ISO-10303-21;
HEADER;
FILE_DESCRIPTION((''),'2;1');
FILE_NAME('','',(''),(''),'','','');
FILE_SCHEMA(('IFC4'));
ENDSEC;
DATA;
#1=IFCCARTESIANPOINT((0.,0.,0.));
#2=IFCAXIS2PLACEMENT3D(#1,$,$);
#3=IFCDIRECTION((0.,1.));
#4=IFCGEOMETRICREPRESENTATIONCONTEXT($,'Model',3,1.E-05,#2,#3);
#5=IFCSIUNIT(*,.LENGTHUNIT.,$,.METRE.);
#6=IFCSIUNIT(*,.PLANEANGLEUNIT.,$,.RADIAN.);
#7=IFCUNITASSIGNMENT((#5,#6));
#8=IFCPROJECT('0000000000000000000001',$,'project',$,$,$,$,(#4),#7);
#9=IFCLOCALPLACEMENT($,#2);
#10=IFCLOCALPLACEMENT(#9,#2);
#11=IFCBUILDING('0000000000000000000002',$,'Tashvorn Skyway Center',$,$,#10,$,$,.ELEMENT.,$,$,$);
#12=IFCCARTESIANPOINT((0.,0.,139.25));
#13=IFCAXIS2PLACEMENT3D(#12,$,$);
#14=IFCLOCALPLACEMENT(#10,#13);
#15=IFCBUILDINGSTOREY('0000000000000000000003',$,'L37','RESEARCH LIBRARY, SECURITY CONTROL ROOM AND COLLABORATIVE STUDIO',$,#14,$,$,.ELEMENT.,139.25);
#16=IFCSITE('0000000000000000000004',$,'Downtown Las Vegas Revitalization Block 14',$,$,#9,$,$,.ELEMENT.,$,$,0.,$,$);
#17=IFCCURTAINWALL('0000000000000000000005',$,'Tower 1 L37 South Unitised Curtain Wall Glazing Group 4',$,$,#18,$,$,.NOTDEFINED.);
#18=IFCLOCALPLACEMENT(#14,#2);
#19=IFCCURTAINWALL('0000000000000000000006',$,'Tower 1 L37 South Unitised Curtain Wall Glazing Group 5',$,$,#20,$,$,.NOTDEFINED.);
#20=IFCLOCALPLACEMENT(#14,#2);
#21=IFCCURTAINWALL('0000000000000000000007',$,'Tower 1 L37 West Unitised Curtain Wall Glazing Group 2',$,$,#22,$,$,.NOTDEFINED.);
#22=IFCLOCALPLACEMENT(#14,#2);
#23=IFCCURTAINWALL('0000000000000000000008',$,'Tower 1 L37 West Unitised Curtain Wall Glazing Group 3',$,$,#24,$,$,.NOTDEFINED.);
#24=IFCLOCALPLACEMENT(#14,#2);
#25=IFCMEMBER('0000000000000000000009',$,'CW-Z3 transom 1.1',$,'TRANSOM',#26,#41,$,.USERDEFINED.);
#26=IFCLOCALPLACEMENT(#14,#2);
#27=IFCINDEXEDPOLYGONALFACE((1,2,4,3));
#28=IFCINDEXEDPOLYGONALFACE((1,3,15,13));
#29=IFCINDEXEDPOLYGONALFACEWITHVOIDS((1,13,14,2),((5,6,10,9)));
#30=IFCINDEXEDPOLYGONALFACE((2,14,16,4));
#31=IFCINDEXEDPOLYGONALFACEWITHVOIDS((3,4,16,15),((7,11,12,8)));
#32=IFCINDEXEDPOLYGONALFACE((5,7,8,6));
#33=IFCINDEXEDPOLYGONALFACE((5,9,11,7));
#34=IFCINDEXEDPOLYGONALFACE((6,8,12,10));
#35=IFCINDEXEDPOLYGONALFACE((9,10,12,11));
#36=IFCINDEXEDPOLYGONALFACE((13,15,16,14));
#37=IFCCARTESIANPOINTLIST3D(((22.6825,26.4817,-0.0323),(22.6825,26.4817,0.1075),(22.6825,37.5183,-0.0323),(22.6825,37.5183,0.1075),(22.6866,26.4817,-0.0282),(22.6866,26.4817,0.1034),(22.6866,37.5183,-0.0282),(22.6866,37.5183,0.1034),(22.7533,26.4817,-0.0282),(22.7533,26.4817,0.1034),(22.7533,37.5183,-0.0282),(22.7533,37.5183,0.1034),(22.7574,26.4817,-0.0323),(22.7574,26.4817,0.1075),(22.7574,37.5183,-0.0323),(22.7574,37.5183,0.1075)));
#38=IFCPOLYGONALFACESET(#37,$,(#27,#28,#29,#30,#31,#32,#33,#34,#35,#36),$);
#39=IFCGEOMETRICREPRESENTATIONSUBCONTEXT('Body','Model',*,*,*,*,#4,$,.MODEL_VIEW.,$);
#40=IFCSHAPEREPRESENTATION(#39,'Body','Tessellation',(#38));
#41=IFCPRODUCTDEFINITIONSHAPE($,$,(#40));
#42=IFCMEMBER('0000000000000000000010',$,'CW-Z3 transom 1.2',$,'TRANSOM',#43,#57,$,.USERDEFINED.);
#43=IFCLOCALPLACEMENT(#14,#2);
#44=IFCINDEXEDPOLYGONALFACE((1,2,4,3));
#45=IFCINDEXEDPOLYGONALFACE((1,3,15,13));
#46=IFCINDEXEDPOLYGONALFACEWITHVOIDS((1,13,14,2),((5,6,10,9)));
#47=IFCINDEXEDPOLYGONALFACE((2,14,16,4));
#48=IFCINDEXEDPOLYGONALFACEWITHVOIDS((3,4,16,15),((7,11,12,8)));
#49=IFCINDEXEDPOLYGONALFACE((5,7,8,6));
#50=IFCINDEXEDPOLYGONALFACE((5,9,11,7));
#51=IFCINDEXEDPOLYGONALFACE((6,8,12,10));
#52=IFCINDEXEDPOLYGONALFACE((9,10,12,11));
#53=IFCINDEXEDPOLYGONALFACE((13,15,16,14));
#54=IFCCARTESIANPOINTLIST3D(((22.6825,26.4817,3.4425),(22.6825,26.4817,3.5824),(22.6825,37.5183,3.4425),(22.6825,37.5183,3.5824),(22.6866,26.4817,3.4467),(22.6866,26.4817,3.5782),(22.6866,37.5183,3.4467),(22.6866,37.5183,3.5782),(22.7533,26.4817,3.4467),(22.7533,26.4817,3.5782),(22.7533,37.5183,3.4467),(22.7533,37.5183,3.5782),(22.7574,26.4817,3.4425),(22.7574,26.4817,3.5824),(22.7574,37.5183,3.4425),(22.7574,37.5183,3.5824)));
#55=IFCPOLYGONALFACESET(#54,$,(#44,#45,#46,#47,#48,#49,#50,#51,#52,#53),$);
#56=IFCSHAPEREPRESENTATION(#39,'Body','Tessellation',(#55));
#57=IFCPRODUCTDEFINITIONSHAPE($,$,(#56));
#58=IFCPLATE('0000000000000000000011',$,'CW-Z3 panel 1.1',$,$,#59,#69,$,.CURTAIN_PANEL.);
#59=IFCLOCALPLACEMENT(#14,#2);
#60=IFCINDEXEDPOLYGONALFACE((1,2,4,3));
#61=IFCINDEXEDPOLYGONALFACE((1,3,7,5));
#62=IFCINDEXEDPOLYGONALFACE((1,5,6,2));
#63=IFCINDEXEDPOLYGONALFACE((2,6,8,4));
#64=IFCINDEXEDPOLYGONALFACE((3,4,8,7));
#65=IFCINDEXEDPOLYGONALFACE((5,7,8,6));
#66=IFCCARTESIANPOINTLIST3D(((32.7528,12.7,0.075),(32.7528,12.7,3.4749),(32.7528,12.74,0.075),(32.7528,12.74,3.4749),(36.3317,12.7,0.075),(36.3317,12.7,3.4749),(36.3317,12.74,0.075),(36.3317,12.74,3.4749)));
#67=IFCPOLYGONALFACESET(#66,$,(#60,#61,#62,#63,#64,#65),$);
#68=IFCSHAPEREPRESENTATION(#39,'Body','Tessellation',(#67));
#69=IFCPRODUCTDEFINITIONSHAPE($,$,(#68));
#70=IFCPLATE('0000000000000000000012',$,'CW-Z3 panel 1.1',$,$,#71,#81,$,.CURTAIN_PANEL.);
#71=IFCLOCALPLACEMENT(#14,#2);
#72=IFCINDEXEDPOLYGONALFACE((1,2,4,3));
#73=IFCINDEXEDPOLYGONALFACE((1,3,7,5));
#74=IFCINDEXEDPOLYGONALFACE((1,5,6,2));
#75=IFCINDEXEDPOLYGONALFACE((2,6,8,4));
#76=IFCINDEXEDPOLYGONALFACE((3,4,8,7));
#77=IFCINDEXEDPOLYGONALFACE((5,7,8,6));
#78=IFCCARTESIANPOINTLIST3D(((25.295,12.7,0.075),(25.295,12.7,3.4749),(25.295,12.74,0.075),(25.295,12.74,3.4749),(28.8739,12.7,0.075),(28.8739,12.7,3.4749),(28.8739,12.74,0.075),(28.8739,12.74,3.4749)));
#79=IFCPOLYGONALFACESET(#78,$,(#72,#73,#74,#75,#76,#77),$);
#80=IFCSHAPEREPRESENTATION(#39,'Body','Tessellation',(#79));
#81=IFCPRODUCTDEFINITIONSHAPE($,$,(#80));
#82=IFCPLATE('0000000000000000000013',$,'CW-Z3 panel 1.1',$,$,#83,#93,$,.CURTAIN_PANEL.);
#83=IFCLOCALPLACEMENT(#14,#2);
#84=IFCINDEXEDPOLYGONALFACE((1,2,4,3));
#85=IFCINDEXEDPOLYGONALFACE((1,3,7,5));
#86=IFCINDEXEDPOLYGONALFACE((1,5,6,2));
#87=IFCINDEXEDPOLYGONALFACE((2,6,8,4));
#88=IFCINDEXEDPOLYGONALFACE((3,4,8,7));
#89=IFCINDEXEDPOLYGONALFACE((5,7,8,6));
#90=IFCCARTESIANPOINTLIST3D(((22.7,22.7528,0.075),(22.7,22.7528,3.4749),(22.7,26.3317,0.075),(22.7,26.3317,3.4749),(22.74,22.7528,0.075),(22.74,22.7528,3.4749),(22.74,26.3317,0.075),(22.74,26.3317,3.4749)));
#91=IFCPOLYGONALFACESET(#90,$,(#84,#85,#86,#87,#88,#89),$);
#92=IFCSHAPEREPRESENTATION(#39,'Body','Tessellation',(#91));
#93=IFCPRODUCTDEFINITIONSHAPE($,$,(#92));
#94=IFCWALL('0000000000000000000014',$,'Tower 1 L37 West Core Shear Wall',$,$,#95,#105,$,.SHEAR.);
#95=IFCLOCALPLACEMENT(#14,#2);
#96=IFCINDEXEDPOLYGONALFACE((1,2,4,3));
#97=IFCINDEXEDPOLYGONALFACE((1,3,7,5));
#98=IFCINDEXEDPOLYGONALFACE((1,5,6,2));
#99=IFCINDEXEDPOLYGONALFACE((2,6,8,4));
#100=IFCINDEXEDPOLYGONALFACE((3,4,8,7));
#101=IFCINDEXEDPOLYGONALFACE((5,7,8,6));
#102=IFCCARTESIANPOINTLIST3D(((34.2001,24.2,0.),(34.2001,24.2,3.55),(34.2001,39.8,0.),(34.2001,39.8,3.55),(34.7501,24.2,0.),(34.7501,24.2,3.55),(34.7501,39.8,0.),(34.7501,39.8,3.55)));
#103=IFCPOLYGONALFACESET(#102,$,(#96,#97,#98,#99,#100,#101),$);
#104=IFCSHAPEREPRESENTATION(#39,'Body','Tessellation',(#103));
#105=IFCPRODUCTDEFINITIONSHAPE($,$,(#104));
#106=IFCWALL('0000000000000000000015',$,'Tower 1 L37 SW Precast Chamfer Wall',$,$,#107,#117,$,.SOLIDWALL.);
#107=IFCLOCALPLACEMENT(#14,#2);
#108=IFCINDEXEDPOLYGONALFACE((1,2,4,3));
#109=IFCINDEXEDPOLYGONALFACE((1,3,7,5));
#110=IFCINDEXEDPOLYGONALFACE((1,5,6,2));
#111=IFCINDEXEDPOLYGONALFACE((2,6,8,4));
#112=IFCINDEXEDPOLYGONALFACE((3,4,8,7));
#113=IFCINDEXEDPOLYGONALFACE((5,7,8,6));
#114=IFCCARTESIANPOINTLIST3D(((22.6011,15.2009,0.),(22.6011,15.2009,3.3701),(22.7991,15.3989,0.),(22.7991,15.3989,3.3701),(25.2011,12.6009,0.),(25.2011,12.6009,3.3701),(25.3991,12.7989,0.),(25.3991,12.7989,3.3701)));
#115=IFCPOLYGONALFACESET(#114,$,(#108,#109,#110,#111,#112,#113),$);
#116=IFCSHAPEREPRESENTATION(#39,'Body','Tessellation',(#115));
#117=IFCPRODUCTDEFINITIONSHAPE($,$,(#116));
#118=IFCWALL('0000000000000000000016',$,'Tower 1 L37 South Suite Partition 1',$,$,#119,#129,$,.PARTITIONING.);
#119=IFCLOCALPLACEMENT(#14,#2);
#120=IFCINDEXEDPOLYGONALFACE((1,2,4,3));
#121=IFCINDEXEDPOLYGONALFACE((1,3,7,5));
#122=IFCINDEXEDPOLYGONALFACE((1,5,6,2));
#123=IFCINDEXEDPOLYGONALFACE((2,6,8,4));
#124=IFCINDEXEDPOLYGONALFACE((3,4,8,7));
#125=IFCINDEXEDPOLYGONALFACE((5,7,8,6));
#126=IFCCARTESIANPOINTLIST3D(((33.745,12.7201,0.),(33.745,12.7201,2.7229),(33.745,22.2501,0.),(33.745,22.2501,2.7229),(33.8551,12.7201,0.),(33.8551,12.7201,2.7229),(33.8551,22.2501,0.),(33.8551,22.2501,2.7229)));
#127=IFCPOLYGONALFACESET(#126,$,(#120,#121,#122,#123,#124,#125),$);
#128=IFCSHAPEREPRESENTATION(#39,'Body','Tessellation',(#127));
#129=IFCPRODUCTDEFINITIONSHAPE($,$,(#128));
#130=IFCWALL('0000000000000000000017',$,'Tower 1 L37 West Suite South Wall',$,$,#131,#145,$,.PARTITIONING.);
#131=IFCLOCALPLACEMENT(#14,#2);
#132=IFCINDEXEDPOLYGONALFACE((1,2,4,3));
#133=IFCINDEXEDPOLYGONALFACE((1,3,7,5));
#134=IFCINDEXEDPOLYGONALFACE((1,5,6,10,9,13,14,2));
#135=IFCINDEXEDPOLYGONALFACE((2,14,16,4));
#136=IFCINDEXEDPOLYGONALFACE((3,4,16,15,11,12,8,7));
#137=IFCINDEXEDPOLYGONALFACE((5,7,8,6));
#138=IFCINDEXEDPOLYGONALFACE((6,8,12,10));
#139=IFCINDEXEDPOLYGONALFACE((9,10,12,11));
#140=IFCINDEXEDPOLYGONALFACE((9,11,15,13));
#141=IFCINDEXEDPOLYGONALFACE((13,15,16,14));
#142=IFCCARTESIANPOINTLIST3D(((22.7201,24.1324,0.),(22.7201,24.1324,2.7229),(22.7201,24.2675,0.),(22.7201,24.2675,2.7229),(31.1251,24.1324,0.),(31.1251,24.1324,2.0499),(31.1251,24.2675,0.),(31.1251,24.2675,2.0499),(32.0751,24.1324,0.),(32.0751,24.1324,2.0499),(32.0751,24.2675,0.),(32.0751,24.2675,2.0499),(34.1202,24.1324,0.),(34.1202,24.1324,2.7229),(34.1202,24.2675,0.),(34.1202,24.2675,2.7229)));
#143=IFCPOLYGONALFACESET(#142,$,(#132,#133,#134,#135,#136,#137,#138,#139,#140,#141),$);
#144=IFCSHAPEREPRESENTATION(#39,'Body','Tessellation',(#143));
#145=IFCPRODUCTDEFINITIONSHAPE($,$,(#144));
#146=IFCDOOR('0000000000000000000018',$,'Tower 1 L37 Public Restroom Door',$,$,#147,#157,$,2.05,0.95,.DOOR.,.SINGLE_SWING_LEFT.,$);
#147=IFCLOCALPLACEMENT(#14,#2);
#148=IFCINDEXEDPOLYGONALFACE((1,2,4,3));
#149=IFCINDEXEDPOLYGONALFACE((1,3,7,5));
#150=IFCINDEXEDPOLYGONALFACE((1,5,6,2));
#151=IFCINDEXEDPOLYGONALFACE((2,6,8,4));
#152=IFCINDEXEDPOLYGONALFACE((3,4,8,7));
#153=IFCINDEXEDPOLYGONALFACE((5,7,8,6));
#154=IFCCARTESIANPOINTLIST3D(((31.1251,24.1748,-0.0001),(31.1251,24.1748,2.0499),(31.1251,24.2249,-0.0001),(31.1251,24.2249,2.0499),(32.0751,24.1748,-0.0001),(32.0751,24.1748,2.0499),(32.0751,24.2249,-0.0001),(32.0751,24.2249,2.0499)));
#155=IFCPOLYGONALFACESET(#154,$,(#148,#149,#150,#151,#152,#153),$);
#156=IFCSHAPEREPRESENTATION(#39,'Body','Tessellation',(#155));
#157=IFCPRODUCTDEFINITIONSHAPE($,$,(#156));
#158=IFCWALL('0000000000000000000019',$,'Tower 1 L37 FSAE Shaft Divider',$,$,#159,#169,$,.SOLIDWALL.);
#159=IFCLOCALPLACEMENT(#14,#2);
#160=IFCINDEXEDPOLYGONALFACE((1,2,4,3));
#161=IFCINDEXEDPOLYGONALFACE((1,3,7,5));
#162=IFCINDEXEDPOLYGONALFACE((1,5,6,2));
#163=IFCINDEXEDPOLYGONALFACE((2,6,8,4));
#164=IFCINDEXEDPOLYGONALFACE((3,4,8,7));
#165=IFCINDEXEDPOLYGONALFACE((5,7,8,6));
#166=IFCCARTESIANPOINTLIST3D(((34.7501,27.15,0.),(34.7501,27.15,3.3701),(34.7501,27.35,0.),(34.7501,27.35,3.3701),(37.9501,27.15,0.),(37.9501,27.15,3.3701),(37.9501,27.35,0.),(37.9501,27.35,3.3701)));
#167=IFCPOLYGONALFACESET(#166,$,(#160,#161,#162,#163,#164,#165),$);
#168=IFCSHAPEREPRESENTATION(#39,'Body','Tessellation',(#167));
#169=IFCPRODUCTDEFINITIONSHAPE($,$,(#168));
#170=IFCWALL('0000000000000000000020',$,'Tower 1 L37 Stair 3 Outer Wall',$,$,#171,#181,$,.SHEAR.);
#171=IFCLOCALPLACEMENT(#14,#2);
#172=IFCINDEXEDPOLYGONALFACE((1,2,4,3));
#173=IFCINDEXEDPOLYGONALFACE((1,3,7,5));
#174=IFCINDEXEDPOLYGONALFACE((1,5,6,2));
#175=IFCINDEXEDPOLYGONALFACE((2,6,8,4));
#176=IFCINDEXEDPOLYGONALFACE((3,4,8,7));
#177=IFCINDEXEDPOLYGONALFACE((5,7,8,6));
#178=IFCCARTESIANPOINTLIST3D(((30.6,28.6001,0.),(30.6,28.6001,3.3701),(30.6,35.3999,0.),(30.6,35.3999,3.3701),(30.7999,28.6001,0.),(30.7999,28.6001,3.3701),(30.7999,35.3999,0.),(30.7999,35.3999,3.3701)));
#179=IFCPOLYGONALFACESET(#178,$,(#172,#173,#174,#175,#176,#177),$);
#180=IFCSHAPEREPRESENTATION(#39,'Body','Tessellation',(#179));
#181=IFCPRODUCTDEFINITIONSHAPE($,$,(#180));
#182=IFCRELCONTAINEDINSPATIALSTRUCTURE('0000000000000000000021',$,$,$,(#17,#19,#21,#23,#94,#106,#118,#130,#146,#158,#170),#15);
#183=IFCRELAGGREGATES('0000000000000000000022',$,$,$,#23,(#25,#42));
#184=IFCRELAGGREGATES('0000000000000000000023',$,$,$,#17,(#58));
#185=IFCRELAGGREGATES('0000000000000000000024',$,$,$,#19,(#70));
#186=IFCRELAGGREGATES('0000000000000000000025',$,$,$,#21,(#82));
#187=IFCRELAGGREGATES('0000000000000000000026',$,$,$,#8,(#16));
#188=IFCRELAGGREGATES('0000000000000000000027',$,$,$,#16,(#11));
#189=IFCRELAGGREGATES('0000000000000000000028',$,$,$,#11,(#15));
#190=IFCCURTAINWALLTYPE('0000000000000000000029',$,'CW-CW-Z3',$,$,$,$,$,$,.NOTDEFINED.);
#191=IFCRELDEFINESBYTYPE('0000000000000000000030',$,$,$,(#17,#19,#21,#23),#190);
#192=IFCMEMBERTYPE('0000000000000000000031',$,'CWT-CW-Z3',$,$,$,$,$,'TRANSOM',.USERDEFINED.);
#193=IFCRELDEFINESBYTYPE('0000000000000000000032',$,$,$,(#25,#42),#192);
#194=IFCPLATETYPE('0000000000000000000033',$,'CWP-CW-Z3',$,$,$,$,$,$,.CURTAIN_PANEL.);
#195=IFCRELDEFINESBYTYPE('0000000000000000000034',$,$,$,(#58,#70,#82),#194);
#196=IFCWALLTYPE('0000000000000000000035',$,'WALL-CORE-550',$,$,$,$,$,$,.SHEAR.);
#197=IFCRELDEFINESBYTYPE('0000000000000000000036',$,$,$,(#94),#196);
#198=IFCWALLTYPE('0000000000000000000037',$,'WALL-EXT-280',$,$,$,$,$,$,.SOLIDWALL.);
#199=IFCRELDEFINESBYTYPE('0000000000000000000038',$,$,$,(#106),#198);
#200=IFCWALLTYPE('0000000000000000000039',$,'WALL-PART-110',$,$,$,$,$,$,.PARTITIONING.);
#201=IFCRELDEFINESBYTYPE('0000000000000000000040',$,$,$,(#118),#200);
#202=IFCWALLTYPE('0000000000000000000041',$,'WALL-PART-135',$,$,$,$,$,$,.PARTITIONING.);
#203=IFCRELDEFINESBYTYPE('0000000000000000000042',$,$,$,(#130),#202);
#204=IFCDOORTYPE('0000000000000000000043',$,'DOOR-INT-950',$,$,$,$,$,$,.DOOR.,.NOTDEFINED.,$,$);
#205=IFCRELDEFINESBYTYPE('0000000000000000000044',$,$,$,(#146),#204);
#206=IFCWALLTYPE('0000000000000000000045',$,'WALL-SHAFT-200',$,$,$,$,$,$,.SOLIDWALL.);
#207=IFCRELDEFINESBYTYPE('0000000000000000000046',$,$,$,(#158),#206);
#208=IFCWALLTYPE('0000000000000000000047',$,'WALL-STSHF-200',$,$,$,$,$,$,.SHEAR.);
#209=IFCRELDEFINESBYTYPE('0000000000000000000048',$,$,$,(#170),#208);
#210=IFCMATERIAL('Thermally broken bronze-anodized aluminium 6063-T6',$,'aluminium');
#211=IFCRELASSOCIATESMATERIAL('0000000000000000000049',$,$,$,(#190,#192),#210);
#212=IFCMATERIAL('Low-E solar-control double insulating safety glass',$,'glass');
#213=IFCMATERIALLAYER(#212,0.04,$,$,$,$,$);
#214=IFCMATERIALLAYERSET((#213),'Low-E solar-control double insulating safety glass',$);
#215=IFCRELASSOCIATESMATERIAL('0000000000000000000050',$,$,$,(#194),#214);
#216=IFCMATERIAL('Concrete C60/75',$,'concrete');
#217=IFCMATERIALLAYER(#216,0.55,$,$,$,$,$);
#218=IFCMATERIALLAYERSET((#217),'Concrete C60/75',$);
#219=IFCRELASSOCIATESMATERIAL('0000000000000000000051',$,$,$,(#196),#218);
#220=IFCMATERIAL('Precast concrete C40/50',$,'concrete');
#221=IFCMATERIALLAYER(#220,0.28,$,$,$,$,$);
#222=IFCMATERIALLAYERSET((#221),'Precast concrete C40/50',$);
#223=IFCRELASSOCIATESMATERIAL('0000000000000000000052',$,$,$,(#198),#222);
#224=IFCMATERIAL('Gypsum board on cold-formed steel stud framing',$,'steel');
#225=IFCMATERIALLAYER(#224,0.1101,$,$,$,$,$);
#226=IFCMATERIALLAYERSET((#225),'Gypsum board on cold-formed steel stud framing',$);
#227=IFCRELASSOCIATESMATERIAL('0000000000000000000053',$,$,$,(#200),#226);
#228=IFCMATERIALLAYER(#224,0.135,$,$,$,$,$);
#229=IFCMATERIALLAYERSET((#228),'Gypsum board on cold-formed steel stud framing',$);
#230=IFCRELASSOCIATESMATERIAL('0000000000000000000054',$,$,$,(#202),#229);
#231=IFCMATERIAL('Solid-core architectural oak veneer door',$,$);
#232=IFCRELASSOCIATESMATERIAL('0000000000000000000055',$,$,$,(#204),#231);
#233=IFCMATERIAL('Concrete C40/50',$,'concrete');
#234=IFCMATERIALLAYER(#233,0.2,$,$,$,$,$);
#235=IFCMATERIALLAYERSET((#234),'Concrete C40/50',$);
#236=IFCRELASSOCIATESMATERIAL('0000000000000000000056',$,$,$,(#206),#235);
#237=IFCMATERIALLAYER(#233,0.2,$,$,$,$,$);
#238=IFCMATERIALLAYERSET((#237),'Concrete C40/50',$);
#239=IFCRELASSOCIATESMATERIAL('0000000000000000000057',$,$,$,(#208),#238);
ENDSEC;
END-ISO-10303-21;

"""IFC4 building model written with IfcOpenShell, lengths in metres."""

from ifc_helpers import new_model, si_unit, direction, frame, frame_2d, origin, origin_2d, place, context, subcontext, project, spatial, rectangle, hollow_rectangle, extrude, material, layer, layer_set, material_profile, profile_set, type_object, element, fill, aggregate, save


model = new_model("IFC4")

# Units and contexts
model_context = context("Model", 3, precision=1e-05, world=origin(), true_north=direction((0.0, 1.0)))
body_context = subcontext(model_context, "Body", "Model", "MODEL_VIEW")
ifc_project = project(units=[si_unit("LENGTHUNIT", "METRE"), si_unit("PLANEANGLEUNIT", "RADIAN")], contexts=[model_context])

# Site, building, storey
site_placement = place(None, origin())
site = spatial("IfcSite", under=ifc_project, at=site_placement, Name="Downtown Las Vegas Revitalization Block 14", CompositionType="ELEMENT", RefElevation=0.0)
building_placement = place(site_placement, origin())
building = spatial("IfcBuilding", under=site, at=building_placement, Name="Tashvorn Skyway Center", CompositionType="ELEMENT")
storey_placement = place(building_placement, frame((0.0, 0.0, 139.25)))
storey = spatial("IfcBuildingStorey", under=building, at=storey_placement, Name="L37", Description="RESEARCH LIBRARY, SECURITY CONTROL ROOM AND COLLABORATIVE STUDIO", CompositionType="ELEMENT", Elevation=139.25)

# Shared definitions
ifc_material_1 = material(Name="Thermally broken bronze-anodized aluminium 6063-T6", Category="aluminium")
curtain_wall_type = type_object("IfcCurtainWallType", Name="CW-CW-Z3", PredefinedType="NOTDEFINED", material=ifc_material_1)

# Curtain walls
curtain_wall_1_placement = place(storey_placement, origin())
curtain_wall_1 = element("IfcCurtainWall", 1, at=curtain_wall_1_placement, inside=storey, type_object=curtain_wall_type, Name="Tower 1 L37 South Unitised Curtain Wall Glazing Group 4", PredefinedType="NOTDEFINED")
curtain_wall_2_placement = place(storey_placement, origin())
curtain_wall_2 = element("IfcCurtainWall", 2, at=curtain_wall_2_placement, inside=storey, type_object=curtain_wall_type, Name="Tower 1 L37 South Unitised Curtain Wall Glazing Group 5", PredefinedType="NOTDEFINED")

# Curtain walls
curtain_wall_3_placement = place(storey_placement, origin())
curtain_wall_3 = element("IfcCurtainWall", 3, at=curtain_wall_3_placement, inside=storey, type_object=curtain_wall_type, Name="Tower 1 L37 West Unitised Curtain Wall Glazing Group 2", PredefinedType="NOTDEFINED")
curtain_wall_4_placement = place(storey_placement, origin())
curtain_wall_4 = element("IfcCurtainWall", 4, at=curtain_wall_4_placement, inside=storey, type_object=curtain_wall_type, Name="Tower 1 L37 West Unitised Curtain Wall Glazing Group 3", PredefinedType="NOTDEFINED")

# Members
ifc_material_profile_1 = material_profile(ifc_material_1, hollow_rectangle(XDim=0.075, YDim=0.1399, WallThickness=0.0042, at=origin_2d()), Name="ALU-TRAN-75x140")
ifc_profile_set_1 = profile_set([ifc_material_profile_1], Name="Thermally broken bronze-anodized aluminium 6063-T6")
member_type_1 = type_object("IfcMemberType", Name="CWT-CW-Z3", ElementType="TRANSOM", PredefinedType="USERDEFINED", material=ifc_profile_set_1)
member_1_placement = place(storey_placement, frame((22.72, 26.4817, 0.0376), z_axis=(0.0, 1.0, 0.0), x_axis=(-1.0, 0.0, 0.0)))
member_1 = element("IfcMember", 5, at=member_1_placement, type_object=member_type_1, Name="CW-Z3 transom 1.1", ObjectType="TRANSOM", PredefinedType="USERDEFINED", context=body_context, shape_type="SweptSolid", body=[
    extrude(hollow_rectangle(XDim=0.075, YDim=0.1399, WallThickness=0.0042, at=origin_2d()), origin(), (0.0, 0.0, 1.0), 11.0366),
])
member_2_placement = place(storey_placement, frame((22.72, 26.4817, 3.5125), z_axis=(0.0, 1.0, 0.0), x_axis=(-1.0, 0.0, 0.0)))
member_2 = element("IfcMember", 6, at=member_2_placement, type_object=member_type_1, Name="CW-Z3 transom 1.2", ObjectType="TRANSOM", PredefinedType="USERDEFINED", context=body_context, shape_type="SweptSolid", body=[
    extrude(hollow_rectangle(XDim=0.075, YDim=0.1399, WallThickness=0.0042, at=origin_2d()), origin(), (0.0, 0.0, 1.0), 11.0366),
])
aggregate(curtain_wall_4, [member_1, member_2])

# Plates
ifc_material_2 = material(Name="Low-E solar-control double insulating safety glass", Category="glass")
ifc_layer_1 = layer(ifc_material_2, 0.04)
ifc_layer_set_1 = layer_set([ifc_layer_1], Name="Low-E solar-control double insulating safety glass")
plate_type = type_object("IfcPlateType", Name="CWP-CW-Z3", PredefinedType="CURTAIN_PANEL", material=ifc_layer_set_1)
plate_1_placement = place(storey_placement, frame((34.5422, 12.72, 0.075), z_axis=(0.0, 0.0, 1.0), x_axis=(-1.0, 0.0, 0.0)))
plate_1 = element("IfcPlate", 7, at=plate_1_placement, type_object=plate_type, Name="CW-Z3 panel 1.1", PredefinedType="CURTAIN_PANEL", context=body_context, shape_type="SweptSolid", body=[
    extrude(rectangle(XDim=3.5789, YDim=0.04, at=origin_2d()), origin(), (0.0, 0.0, 1.0), 3.3999),
])
aggregate(curtain_wall_1, [plate_1])
plate_2_placement = place(storey_placement, frame((27.0845, 12.72, 0.075), z_axis=(0.0, 0.0, 1.0), x_axis=(-1.0, 0.0, 0.0)))
plate_2 = element("IfcPlate", 8, at=plate_2_placement, type_object=plate_type, Name="CW-Z3 panel 1.1", PredefinedType="CURTAIN_PANEL", context=body_context, shape_type="SweptSolid", body=[
    extrude(rectangle(XDim=3.5789, YDim=0.04, at=origin_2d()), origin(), (0.0, 0.0, 1.0), 3.3999),
])
aggregate(curtain_wall_2, [plate_2])
plate_3_placement = place(storey_placement, frame((22.72, 24.5422, 0.075), z_axis=(0.0, 0.0, 1.0), x_axis=(0.0, 1.0, 0.0)))
plate_3 = element("IfcPlate", 9, at=plate_3_placement, type_object=plate_type, Name="CW-Z3 panel 1.1", PredefinedType="CURTAIN_PANEL", context=body_context, shape_type="SweptSolid", body=[
    extrude(rectangle(XDim=3.5789, YDim=0.04, at=origin_2d()), origin(), (0.0, 0.0, 1.0), 3.3999),
])
aggregate(curtain_wall_3, [plate_3])

# Walls
ifc_material_3 = material(Name="Concrete C60/75", Category="concrete")
ifc_layer_2 = layer(ifc_material_3, 0.55)
ifc_layer_set_2 = layer_set([ifc_layer_2], Name="Concrete C60/75")
wall_type_1 = type_object("IfcWallType", Name="WALL-CORE-550", PredefinedType="SHEAR", material=ifc_layer_set_2)
wall_1_placement = place(storey_placement, frame((34.4751, 24.2, 0.0), z_axis=(0.0, 0.0, 1.0), x_axis=(0.0, 1.0, 0.0)))
element("IfcWall", 10, at=wall_1_placement, inside=storey, type_object=wall_type_1, Name="Tower 1 L37 West Core Shear Wall", PredefinedType="SHEAR", context=body_context, shape_type="SweptSolid", body=[
    extrude(rectangle(XDim=15.6001, YDim=0.55, at=frame_2d((7.8, 0.0))), origin(), (0.0, 0.0, 1.0), 3.55),
])
ifc_material_4 = material(Name="Precast concrete C40/50", Category="concrete")
ifc_layer_3 = layer(ifc_material_4, 0.28)
ifc_layer_set_3 = layer_set([ifc_layer_3], Name="Precast concrete C40/50")
wall_type_2 = type_object("IfcWallType", Name="WALL-EXT-280", PredefinedType="SOLIDWALL", material=ifc_layer_set_3)
wall_2_placement = place(storey_placement, frame((25.3, 12.7, 0.0), z_axis=(0.0, 0.0, 1.0), x_axis=(-0.707107, 0.707107, 0.0)))
element("IfcWall", 11, at=wall_2_placement, inside=storey, type_object=wall_type_2, Name="Tower 1 L37 SW Precast Chamfer Wall", PredefinedType="SOLIDWALL", context=body_context, shape_type="SweptSolid", body=[
    extrude(rectangle(XDim=3.677, YDim=0.28, at=frame_2d((1.8384, 0.0))), origin(), (0.0, 0.0, 1.0), 3.3701),
])
ifc_material_5 = material(Name="Gypsum board on cold-formed steel stud framing", Category="steel")
ifc_layer_4 = layer(ifc_material_5, 0.1101)
ifc_layer_set_4 = layer_set([ifc_layer_4], Name="Gypsum board on cold-formed steel stud framing")
wall_type_3 = type_object("IfcWallType", Name="WALL-PART-110", PredefinedType="PARTITIONING", material=ifc_layer_set_4)
wall_3_placement = place(storey_placement, frame((33.8, 12.72, 0.0), z_axis=(0.0, 0.0, 1.0), x_axis=(0.0, 1.0, 0.0)))
element("IfcWall", 12, at=wall_3_placement, inside=storey, type_object=wall_type_3, Name="Tower 1 L37 South Suite Partition 1", PredefinedType="PARTITIONING", context=body_context, shape_type="SweptSolid", body=[
    extrude(rectangle(XDim=9.53, YDim=0.1101, at=frame_2d((4.7651, 0.0))), origin(), (0.0, 0.0, 1.0), 2.7229),
])

# Wall, opening, door
ifc_layer_5 = layer(ifc_material_5, 0.135)
ifc_layer_set_5 = layer_set([ifc_layer_5], Name="Gypsum board on cold-formed steel stud framing")
wall_type_4 = type_object("IfcWallType", Name="WALL-PART-135", PredefinedType="PARTITIONING", material=ifc_layer_set_5)
wall_4_placement = place(storey_placement, frame((22.72, 24.2, 0.0), z_axis=(0.0, 0.0, 1.0), x_axis=(1.0, 0.0, 0.0)))
wall_4 = element("IfcWall", 13, at=wall_4_placement, inside=storey, type_object=wall_type_4, Name="Tower 1 L37 West Suite South Wall", PredefinedType="PARTITIONING", context=body_context, shape_type="SweptSolid", body=[
    extrude(rectangle(XDim=11.4001, YDim=0.135, at=frame_2d((5.7002, 0.0))), origin(), (0.0, 0.0, 1.0), 2.7229),
])
opening_placement = place(wall_4_placement, frame((8.405, 0.0, 0.0)))
opening = element("IfcOpeningElement", 14, at=opening_placement, cuts=wall_4, PredefinedType="OPENING", context=body_context, shape_type="SweptSolid", body=[
    extrude(rectangle(XDim=0.95, YDim=2.05, at=frame_2d((0.4751, 1.0249))), frame((0.0, 0.0774, 0.0), z_axis=(0.0, -1.0, 0.0), x_axis=(1.0, 0.0, 0.0)), (0.0, 0.0, 1.0), 0.155),
])
ifc_material_6 = material(Name="Solid-core architectural oak veneer door")
door_type = type_object("IfcDoorType", Name="DOOR-INT-950", OperationType="NOTDEFINED", PredefinedType="DOOR", material=ifc_material_6)
door_placement = place(opening_placement, origin())
door = element("IfcDoor", 15, at=door_placement, inside=storey, type_object=door_type, Name="Tower 1 L37 Public Restroom Door", OperationType="SINGLE_SWING_LEFT", OverallHeight=2.05, OverallWidth=0.95, PredefinedType="DOOR", context=body_context, shape_type="SweptSolid", body=[
    extrude(rectangle(XDim=0.95, YDim=2.05, at=frame_2d((0.4751, 1.0249))), frame((0.0, 0.0249, 0.0), z_axis=(0.0, -1.0, 0.0), x_axis=(1.0, 0.0, 0.0)), (0.0, 0.0, 1.0), 0.05),
])
fill(opening, door)

# Walls
ifc_material_7 = material(Name="Concrete C40/50", Category="concrete")
ifc_layer_6 = layer(ifc_material_7, 0.2)
ifc_layer_set_6 = layer_set([ifc_layer_6], Name="Concrete C40/50")
wall_type_5 = type_object("IfcWallType", Name="WALL-SHAFT-200", PredefinedType="SOLIDWALL", material=ifc_layer_set_6)
wall_5_placement = place(storey_placement, frame((34.75, 27.25, 0.0), z_axis=(0.0, 0.0, 1.0), x_axis=(1.0, 0.0, 0.0)))
element("IfcWall", 16, at=wall_5_placement, inside=storey, type_object=wall_type_5, Name="Tower 1 L37 FSAE Shaft Divider", PredefinedType="SOLIDWALL", context=body_context, shape_type="SweptSolid", body=[
    extrude(rectangle(XDim=3.2, YDim=0.2, at=frame_2d((1.6001, 0.0))), origin(), (0.0, 0.0, 1.0), 3.3701),
])
ifc_layer_7 = layer(ifc_material_7, 0.2)
ifc_layer_set_7 = layer_set([ifc_layer_7], Name="Concrete C40/50")
wall_type_6 = type_object("IfcWallType", Name="WALL-STSHF-200", PredefinedType="SHEAR", material=ifc_layer_set_7)
wall_6_placement = place(storey_placement, frame((30.7, 28.6001, 0.0), z_axis=(0.0, 0.0, 1.0), x_axis=(0.0, 1.0, 0.0)))
element("IfcWall", 17, at=wall_6_placement, inside=storey, type_object=wall_type_6, Name="Tower 1 L37 Stair 3 Outer Wall", PredefinedType="SHEAR", context=body_context, shape_type="SweptSolid", body=[
    extrude(rectangle(XDim=6.7998, YDim=0.2, at=frame_2d((3.3999, 0.0))), origin(), (0.0, 0.0, 1.0), 3.3701),
])

save(model, "model.ifc")
